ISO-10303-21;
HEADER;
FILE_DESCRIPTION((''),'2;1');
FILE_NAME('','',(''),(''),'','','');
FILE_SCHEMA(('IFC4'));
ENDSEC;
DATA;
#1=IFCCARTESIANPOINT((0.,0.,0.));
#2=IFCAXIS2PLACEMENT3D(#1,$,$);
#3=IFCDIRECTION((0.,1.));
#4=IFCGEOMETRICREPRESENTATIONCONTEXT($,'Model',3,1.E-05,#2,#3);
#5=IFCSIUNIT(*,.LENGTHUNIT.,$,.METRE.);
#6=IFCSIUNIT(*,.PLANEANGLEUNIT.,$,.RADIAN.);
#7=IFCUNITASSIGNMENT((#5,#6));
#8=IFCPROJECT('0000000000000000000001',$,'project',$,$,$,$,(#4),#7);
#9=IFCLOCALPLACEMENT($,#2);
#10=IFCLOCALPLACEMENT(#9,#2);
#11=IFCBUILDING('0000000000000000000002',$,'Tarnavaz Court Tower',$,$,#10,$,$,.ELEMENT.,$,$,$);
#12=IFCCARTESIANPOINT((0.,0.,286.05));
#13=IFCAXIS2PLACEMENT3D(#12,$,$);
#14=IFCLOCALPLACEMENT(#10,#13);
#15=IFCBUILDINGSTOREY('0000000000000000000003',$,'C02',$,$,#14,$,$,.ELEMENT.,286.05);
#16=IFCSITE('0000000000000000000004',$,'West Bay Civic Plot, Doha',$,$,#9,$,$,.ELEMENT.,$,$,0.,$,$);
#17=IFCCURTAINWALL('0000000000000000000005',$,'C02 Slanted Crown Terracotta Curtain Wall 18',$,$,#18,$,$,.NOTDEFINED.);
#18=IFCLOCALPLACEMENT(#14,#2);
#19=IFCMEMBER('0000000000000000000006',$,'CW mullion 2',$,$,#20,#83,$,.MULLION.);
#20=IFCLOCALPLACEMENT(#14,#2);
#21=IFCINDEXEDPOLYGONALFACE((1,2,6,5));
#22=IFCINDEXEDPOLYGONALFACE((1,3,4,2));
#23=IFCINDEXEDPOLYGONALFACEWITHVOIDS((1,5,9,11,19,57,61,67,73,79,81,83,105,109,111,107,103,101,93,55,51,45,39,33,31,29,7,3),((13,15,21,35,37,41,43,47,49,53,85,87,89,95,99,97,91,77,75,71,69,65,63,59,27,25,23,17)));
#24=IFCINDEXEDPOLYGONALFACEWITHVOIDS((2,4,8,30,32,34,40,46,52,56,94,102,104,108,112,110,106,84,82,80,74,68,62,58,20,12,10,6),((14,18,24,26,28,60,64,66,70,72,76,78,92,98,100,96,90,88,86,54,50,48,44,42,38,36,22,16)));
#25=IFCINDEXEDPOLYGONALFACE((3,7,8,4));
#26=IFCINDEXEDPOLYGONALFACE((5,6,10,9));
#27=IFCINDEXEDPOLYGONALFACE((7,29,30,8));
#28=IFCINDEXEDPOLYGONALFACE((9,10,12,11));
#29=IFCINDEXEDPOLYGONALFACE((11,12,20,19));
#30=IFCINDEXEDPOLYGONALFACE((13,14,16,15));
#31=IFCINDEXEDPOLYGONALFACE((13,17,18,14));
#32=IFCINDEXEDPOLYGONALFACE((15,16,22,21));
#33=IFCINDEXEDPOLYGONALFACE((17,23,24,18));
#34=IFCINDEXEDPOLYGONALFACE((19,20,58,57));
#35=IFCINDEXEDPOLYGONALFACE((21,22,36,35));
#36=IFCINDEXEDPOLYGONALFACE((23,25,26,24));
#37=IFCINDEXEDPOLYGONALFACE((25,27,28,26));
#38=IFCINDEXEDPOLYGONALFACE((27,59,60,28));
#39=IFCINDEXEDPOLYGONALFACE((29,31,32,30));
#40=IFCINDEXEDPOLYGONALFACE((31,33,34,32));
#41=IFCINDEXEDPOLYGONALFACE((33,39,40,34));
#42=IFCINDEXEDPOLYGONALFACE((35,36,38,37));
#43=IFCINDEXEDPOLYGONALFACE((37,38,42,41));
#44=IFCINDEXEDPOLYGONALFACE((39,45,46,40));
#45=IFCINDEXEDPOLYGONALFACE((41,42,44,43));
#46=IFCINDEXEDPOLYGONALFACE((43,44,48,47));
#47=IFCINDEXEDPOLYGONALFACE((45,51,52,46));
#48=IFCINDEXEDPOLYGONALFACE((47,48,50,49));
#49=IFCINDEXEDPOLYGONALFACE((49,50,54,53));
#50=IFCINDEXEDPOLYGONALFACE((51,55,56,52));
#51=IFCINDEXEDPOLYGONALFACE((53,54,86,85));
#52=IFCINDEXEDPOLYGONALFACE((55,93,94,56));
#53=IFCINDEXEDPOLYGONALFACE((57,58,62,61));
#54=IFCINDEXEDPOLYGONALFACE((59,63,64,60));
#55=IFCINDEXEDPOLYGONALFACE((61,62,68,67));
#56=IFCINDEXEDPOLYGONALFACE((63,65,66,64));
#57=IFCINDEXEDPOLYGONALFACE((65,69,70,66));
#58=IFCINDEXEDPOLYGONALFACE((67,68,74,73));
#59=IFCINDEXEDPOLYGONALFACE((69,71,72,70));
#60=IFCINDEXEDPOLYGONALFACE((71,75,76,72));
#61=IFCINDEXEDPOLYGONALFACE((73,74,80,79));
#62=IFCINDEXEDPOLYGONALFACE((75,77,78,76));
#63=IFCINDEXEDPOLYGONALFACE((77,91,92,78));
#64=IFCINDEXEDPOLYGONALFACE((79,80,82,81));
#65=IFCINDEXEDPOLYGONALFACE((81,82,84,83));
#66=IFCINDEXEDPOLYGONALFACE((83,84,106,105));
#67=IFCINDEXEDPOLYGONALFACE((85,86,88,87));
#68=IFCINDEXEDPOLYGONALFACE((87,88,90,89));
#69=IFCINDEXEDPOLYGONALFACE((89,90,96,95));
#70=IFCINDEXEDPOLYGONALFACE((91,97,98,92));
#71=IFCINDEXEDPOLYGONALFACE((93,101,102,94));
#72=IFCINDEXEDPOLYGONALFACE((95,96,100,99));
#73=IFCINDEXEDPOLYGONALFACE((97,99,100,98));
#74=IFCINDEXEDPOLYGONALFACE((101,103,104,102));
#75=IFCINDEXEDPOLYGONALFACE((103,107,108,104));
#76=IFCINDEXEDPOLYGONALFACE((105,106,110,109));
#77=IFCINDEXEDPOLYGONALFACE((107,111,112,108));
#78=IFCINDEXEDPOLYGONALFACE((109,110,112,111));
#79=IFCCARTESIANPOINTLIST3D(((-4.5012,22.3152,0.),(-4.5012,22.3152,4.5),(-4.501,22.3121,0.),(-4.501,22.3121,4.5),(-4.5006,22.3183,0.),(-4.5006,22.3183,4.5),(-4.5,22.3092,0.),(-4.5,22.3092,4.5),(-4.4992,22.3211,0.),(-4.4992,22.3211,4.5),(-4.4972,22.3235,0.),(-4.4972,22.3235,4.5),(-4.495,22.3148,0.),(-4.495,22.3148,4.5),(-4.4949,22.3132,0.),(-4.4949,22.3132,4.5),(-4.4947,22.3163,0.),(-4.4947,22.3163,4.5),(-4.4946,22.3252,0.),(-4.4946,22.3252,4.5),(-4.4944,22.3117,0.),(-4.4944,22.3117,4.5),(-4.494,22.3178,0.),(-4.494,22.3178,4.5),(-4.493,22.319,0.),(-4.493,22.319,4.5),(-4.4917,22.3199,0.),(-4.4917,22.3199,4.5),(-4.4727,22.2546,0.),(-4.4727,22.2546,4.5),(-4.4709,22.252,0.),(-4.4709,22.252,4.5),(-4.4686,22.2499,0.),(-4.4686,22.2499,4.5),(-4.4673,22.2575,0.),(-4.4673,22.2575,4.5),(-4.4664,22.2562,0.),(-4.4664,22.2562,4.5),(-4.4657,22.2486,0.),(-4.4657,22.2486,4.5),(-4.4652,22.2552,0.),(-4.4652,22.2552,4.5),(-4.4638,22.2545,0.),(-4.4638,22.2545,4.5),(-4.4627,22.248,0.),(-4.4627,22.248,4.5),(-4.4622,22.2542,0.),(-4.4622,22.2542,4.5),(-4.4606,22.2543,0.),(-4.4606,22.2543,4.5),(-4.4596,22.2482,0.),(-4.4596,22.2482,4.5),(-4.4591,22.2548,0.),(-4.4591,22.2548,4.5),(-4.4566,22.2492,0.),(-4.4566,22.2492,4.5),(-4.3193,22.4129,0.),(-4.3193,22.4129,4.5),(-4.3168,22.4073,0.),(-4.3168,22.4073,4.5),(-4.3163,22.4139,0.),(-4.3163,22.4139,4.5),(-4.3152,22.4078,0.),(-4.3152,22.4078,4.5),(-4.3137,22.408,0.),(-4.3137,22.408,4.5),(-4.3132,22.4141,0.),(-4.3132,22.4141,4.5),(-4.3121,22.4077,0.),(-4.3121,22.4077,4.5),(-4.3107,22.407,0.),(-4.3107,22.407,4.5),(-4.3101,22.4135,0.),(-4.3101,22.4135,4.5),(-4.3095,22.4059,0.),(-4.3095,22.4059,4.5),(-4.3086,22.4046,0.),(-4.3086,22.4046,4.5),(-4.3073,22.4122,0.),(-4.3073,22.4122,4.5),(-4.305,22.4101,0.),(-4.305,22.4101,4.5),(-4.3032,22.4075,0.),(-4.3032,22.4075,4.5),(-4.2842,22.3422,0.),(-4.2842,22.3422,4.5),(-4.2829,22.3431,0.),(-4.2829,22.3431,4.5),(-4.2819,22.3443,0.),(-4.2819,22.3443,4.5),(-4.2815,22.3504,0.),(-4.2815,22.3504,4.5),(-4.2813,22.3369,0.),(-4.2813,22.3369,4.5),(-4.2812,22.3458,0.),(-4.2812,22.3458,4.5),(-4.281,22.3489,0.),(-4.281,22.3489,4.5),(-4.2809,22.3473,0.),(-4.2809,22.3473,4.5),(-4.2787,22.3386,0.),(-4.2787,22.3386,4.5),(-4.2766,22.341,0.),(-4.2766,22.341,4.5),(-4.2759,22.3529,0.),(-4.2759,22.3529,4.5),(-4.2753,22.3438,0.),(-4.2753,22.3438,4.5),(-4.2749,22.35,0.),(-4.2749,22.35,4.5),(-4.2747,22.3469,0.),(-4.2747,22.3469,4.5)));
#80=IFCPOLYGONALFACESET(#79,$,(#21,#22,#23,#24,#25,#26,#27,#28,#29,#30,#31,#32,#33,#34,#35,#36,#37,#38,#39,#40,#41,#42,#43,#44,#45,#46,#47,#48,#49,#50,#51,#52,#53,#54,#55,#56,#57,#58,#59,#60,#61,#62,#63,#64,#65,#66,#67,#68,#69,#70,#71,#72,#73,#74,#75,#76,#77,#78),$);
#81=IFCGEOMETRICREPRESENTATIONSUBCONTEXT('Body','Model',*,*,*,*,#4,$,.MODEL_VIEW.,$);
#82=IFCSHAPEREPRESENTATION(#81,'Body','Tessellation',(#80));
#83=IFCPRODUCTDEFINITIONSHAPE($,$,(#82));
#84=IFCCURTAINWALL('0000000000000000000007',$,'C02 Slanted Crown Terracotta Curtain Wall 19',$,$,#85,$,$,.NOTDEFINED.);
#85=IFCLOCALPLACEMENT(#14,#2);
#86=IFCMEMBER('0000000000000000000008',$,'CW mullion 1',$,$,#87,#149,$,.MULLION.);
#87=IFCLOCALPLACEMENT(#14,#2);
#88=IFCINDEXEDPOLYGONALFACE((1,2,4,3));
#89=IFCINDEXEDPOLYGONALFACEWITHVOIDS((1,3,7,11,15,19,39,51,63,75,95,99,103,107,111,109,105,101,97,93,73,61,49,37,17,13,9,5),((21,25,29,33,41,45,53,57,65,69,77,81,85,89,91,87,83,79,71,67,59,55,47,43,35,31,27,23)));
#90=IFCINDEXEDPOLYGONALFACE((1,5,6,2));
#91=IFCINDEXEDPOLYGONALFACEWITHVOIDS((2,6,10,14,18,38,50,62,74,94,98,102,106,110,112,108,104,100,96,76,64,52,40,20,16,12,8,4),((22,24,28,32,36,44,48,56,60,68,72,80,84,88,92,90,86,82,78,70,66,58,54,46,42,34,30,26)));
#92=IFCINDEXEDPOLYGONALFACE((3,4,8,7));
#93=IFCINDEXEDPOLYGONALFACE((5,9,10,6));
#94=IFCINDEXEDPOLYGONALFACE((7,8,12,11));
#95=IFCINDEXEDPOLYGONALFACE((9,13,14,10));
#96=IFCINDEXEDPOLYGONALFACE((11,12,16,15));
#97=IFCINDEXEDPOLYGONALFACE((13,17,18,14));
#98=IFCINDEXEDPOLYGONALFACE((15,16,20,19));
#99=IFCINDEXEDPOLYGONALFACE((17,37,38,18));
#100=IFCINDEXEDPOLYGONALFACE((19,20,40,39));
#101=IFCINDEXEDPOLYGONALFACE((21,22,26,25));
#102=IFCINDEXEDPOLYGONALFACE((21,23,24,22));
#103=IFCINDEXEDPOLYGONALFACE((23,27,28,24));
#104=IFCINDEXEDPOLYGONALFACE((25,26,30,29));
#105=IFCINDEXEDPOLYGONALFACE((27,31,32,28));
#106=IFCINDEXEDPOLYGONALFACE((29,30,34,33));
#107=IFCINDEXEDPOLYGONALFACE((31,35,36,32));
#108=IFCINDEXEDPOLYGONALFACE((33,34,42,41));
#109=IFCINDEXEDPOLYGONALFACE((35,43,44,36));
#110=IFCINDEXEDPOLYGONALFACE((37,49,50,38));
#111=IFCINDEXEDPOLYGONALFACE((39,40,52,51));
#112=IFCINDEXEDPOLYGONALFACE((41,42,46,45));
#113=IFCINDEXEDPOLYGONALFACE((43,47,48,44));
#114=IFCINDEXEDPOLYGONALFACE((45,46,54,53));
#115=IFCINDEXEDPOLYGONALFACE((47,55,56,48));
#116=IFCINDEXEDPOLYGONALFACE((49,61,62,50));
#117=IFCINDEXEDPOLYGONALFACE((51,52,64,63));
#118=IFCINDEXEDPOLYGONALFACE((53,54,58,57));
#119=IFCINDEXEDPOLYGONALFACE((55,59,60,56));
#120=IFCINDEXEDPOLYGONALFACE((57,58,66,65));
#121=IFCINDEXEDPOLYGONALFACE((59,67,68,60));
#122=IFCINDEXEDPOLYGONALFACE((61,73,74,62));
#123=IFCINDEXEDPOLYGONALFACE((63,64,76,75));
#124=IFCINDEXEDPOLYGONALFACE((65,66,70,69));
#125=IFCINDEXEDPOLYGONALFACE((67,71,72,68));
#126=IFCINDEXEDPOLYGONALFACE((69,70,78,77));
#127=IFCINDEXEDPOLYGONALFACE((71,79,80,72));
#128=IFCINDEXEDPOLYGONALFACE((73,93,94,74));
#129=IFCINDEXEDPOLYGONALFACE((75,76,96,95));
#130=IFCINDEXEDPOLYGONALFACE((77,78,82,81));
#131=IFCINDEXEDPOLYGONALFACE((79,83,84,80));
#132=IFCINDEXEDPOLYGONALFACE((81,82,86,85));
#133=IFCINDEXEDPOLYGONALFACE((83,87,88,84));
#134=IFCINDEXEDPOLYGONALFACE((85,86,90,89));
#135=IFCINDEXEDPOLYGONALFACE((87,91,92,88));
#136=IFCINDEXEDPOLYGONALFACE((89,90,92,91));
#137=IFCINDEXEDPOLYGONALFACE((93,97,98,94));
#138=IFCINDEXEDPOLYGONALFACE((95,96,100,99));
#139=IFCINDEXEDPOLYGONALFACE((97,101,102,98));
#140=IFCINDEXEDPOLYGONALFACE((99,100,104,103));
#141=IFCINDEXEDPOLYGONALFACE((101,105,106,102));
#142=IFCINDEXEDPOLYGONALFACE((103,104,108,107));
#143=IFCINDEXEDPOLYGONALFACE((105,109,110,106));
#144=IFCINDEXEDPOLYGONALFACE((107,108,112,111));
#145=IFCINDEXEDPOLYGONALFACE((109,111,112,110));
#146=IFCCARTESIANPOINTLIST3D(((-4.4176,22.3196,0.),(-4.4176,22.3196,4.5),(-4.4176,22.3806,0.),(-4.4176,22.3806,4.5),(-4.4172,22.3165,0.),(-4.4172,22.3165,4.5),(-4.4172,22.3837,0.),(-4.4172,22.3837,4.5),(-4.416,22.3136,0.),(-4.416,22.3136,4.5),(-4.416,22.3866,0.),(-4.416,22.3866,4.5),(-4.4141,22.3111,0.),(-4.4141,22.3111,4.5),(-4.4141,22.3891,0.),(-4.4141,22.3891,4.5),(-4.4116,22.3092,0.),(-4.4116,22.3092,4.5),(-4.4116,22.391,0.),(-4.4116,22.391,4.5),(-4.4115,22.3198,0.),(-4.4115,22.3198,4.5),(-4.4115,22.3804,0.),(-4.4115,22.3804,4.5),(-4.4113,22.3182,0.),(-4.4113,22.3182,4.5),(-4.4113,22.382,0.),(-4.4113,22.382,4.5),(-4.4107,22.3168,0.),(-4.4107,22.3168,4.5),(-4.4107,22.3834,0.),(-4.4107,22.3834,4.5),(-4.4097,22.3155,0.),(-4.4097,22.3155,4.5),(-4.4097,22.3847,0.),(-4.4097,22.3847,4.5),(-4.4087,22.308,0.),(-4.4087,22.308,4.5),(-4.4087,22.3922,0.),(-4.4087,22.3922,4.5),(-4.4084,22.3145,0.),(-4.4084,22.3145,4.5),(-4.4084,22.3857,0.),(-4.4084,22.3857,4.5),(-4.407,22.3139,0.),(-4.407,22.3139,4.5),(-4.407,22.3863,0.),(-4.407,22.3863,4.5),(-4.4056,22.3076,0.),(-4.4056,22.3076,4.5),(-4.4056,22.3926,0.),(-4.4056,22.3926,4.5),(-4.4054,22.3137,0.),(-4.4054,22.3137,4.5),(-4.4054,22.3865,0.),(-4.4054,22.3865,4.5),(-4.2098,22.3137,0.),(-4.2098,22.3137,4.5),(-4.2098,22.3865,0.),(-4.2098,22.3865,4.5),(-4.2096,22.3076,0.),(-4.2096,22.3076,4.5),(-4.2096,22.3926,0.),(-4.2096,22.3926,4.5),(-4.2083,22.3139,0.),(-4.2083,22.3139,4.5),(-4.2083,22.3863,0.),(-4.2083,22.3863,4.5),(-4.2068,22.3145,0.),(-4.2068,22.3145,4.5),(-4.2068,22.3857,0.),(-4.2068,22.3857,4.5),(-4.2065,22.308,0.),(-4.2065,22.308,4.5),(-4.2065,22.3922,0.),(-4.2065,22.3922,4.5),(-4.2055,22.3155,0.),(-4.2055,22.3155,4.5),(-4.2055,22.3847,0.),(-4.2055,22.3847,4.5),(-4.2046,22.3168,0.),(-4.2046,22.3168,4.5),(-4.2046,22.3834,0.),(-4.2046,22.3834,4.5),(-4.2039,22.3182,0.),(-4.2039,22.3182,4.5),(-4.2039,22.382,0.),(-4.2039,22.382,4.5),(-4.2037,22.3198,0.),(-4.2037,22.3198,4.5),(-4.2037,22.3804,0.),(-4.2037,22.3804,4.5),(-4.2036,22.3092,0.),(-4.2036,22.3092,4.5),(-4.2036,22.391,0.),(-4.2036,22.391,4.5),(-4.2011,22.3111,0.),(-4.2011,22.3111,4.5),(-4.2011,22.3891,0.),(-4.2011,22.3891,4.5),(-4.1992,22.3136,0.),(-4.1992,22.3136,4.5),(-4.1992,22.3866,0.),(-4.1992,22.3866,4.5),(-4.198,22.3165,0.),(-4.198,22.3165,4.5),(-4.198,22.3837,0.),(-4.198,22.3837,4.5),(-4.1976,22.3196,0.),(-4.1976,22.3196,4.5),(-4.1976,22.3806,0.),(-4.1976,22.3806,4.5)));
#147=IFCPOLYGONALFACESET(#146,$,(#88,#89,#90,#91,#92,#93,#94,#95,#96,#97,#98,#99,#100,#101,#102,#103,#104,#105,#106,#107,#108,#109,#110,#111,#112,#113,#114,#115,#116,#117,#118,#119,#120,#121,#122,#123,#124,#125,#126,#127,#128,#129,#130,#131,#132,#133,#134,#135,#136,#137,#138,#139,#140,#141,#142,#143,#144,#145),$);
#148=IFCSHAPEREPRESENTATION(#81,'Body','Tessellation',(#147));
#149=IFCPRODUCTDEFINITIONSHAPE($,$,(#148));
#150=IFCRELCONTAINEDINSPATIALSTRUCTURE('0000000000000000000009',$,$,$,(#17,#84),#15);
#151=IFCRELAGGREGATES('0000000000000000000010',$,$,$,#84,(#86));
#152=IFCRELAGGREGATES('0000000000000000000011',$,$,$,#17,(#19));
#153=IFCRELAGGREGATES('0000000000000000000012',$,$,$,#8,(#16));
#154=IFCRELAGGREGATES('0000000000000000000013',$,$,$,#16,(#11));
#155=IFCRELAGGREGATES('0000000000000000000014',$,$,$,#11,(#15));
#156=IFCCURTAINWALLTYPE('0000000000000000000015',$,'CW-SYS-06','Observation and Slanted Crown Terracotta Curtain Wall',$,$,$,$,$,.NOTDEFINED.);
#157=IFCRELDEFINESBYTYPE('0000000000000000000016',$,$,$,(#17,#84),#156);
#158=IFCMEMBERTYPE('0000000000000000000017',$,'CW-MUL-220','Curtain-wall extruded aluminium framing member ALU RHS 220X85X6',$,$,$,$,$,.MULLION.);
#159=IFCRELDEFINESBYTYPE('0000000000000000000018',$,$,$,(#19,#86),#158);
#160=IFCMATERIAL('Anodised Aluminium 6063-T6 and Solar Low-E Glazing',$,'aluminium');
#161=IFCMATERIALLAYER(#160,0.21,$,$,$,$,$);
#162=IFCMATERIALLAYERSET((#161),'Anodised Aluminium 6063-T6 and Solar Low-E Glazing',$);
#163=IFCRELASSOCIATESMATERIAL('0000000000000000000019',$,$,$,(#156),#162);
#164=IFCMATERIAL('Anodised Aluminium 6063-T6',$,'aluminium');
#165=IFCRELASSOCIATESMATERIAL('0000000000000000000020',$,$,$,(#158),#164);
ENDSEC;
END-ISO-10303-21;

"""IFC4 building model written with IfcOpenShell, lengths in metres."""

from ifc_helpers import new_model, si_unit, direction, frame, origin, origin_2d, place, context, subcontext, project, spatial, hollow_rectangle, extrude, material, layer, layer_set, material_profile, profile_set, type_object, element, aggregate, save


model = new_model("IFC4")

# Units and contexts
model_context = context("Model", 3, precision=1e-05, world=origin(), true_north=direction((0.0, 1.0)))
body_context = subcontext(model_context, "Body", "Model", "MODEL_VIEW")
ifc_project = project(units=[si_unit("LENGTHUNIT", "METRE"), si_unit("PLANEANGLEUNIT", "RADIAN")], contexts=[model_context])

# Site, building, storey
site_placement = place(None, origin())
site = spatial("IfcSite", under=ifc_project, at=site_placement, Name="West Bay Civic Plot, Doha", CompositionType="ELEMENT", RefElevation=0.0)
building_placement = place(site_placement, origin())
building = spatial("IfcBuilding", under=site, at=building_placement, Name="Tarnavaz Court Tower", CompositionType="ELEMENT")
storey_placement = place(building_placement, frame((0.0, 0.0, 286.05)))
storey = spatial("IfcBuildingStorey", under=building, at=storey_placement, Name="C02", CompositionType="ELEMENT", Elevation=286.05)

# Curtain wall, member
ifc_material_1 = material(Name="Anodised Aluminium 6063-T6 and Solar Low-E Glazing", Category="aluminium")
ifc_layer_1 = layer(ifc_material_1, 0.21)
ifc_layer_set_1 = layer_set([ifc_layer_1], Name="Anodised Aluminium 6063-T6 and Solar Low-E Glazing")
curtain_wall_type = type_object("IfcCurtainWallType", Name="CW-SYS-06", Description="Observation and Slanted Crown Terracotta Curtain Wall", PredefinedType="NOTDEFINED", material=ifc_layer_set_1)
ifc_material_2 = material(Name="Anodised Aluminium 6063-T6", Category="aluminium")
ifc_material_profile_1 = material_profile(ifc_material_2, hollow_rectangle(XDim=0.085, YDim=0.22, WallThickness=0.0061, InnerFilletRadius=0.0061, OuterFilletRadius=0.012, at=origin_2d()), Name="ALU RHS 220X85X6")
ifc_profile_set_1 = profile_set([ifc_material_profile_1], Name="Anodised Aluminium 6063-T6")
member_type_1 = type_object("IfcMemberType", Name="CW-MUL-220", Description="Curtain-wall extruded aluminium framing member ALU RHS 220X85X6", PredefinedType="MULLION", material=ifc_profile_set_1)
curtain_wall_1_placement = place(storey_placement, origin())
curtain_wall_1 = element("IfcCurtainWall", 1, at=curtain_wall_1_placement, inside=storey, type_object=curtain_wall_type, Name="C02 Slanted Crown Terracotta Curtain Wall 18", PredefinedType="NOTDEFINED")
member_1_placement = place(storey_placement, frame((-4.3879, 22.3311, 0.0), z_axis=(0.0, 0.0, 1.0), x_axis=(-0.447214, 0.894427, 0.0)))
member_1 = element("IfcMember", 2, at=member_1_placement, type_object=member_type_1, Name="CW mullion 2", PredefinedType="MULLION", context=body_context, shape_type="SweptSolid", body=[
    extrude(hollow_rectangle(XDim=0.085, YDim=0.22, WallThickness=0.0061, InnerFilletRadius=0.0061, OuterFilletRadius=0.012, at=origin_2d()), origin(), (0.0, 0.0, 1.0), 4.5),
])

# Curtain wall, member
curtain_wall_2_placement = place(storey_placement, origin())
curtain_wall_2 = element("IfcCurtainWall", 3, at=curtain_wall_2_placement, inside=storey, type_object=curtain_wall_type, Name="C02 Slanted Crown Terracotta Curtain Wall 19", PredefinedType="NOTDEFINED")
member_2_placement = place(storey_placement, frame((-4.3076, 22.3501, 0.0), z_axis=(0.0, 0.0, 1.0), x_axis=(0.0, 1.0, 0.0)))
member_2 = element("IfcMember", 4, at=member_2_placement, type_object=member_type_1, Name="CW mullion 1", PredefinedType="MULLION", context=body_context, shape_type="SweptSolid", body=[
    extrude(hollow_rectangle(XDim=0.085, YDim=0.22, WallThickness=0.0061, InnerFilletRadius=0.0061, OuterFilletRadius=0.012, at=origin_2d()), origin(), (0.0, 0.0, 1.0), 4.5),
])

aggregate(curtain_wall_2, [member_2])

aggregate(curtain_wall_1, [member_1])

save(model, "model.ifc")
